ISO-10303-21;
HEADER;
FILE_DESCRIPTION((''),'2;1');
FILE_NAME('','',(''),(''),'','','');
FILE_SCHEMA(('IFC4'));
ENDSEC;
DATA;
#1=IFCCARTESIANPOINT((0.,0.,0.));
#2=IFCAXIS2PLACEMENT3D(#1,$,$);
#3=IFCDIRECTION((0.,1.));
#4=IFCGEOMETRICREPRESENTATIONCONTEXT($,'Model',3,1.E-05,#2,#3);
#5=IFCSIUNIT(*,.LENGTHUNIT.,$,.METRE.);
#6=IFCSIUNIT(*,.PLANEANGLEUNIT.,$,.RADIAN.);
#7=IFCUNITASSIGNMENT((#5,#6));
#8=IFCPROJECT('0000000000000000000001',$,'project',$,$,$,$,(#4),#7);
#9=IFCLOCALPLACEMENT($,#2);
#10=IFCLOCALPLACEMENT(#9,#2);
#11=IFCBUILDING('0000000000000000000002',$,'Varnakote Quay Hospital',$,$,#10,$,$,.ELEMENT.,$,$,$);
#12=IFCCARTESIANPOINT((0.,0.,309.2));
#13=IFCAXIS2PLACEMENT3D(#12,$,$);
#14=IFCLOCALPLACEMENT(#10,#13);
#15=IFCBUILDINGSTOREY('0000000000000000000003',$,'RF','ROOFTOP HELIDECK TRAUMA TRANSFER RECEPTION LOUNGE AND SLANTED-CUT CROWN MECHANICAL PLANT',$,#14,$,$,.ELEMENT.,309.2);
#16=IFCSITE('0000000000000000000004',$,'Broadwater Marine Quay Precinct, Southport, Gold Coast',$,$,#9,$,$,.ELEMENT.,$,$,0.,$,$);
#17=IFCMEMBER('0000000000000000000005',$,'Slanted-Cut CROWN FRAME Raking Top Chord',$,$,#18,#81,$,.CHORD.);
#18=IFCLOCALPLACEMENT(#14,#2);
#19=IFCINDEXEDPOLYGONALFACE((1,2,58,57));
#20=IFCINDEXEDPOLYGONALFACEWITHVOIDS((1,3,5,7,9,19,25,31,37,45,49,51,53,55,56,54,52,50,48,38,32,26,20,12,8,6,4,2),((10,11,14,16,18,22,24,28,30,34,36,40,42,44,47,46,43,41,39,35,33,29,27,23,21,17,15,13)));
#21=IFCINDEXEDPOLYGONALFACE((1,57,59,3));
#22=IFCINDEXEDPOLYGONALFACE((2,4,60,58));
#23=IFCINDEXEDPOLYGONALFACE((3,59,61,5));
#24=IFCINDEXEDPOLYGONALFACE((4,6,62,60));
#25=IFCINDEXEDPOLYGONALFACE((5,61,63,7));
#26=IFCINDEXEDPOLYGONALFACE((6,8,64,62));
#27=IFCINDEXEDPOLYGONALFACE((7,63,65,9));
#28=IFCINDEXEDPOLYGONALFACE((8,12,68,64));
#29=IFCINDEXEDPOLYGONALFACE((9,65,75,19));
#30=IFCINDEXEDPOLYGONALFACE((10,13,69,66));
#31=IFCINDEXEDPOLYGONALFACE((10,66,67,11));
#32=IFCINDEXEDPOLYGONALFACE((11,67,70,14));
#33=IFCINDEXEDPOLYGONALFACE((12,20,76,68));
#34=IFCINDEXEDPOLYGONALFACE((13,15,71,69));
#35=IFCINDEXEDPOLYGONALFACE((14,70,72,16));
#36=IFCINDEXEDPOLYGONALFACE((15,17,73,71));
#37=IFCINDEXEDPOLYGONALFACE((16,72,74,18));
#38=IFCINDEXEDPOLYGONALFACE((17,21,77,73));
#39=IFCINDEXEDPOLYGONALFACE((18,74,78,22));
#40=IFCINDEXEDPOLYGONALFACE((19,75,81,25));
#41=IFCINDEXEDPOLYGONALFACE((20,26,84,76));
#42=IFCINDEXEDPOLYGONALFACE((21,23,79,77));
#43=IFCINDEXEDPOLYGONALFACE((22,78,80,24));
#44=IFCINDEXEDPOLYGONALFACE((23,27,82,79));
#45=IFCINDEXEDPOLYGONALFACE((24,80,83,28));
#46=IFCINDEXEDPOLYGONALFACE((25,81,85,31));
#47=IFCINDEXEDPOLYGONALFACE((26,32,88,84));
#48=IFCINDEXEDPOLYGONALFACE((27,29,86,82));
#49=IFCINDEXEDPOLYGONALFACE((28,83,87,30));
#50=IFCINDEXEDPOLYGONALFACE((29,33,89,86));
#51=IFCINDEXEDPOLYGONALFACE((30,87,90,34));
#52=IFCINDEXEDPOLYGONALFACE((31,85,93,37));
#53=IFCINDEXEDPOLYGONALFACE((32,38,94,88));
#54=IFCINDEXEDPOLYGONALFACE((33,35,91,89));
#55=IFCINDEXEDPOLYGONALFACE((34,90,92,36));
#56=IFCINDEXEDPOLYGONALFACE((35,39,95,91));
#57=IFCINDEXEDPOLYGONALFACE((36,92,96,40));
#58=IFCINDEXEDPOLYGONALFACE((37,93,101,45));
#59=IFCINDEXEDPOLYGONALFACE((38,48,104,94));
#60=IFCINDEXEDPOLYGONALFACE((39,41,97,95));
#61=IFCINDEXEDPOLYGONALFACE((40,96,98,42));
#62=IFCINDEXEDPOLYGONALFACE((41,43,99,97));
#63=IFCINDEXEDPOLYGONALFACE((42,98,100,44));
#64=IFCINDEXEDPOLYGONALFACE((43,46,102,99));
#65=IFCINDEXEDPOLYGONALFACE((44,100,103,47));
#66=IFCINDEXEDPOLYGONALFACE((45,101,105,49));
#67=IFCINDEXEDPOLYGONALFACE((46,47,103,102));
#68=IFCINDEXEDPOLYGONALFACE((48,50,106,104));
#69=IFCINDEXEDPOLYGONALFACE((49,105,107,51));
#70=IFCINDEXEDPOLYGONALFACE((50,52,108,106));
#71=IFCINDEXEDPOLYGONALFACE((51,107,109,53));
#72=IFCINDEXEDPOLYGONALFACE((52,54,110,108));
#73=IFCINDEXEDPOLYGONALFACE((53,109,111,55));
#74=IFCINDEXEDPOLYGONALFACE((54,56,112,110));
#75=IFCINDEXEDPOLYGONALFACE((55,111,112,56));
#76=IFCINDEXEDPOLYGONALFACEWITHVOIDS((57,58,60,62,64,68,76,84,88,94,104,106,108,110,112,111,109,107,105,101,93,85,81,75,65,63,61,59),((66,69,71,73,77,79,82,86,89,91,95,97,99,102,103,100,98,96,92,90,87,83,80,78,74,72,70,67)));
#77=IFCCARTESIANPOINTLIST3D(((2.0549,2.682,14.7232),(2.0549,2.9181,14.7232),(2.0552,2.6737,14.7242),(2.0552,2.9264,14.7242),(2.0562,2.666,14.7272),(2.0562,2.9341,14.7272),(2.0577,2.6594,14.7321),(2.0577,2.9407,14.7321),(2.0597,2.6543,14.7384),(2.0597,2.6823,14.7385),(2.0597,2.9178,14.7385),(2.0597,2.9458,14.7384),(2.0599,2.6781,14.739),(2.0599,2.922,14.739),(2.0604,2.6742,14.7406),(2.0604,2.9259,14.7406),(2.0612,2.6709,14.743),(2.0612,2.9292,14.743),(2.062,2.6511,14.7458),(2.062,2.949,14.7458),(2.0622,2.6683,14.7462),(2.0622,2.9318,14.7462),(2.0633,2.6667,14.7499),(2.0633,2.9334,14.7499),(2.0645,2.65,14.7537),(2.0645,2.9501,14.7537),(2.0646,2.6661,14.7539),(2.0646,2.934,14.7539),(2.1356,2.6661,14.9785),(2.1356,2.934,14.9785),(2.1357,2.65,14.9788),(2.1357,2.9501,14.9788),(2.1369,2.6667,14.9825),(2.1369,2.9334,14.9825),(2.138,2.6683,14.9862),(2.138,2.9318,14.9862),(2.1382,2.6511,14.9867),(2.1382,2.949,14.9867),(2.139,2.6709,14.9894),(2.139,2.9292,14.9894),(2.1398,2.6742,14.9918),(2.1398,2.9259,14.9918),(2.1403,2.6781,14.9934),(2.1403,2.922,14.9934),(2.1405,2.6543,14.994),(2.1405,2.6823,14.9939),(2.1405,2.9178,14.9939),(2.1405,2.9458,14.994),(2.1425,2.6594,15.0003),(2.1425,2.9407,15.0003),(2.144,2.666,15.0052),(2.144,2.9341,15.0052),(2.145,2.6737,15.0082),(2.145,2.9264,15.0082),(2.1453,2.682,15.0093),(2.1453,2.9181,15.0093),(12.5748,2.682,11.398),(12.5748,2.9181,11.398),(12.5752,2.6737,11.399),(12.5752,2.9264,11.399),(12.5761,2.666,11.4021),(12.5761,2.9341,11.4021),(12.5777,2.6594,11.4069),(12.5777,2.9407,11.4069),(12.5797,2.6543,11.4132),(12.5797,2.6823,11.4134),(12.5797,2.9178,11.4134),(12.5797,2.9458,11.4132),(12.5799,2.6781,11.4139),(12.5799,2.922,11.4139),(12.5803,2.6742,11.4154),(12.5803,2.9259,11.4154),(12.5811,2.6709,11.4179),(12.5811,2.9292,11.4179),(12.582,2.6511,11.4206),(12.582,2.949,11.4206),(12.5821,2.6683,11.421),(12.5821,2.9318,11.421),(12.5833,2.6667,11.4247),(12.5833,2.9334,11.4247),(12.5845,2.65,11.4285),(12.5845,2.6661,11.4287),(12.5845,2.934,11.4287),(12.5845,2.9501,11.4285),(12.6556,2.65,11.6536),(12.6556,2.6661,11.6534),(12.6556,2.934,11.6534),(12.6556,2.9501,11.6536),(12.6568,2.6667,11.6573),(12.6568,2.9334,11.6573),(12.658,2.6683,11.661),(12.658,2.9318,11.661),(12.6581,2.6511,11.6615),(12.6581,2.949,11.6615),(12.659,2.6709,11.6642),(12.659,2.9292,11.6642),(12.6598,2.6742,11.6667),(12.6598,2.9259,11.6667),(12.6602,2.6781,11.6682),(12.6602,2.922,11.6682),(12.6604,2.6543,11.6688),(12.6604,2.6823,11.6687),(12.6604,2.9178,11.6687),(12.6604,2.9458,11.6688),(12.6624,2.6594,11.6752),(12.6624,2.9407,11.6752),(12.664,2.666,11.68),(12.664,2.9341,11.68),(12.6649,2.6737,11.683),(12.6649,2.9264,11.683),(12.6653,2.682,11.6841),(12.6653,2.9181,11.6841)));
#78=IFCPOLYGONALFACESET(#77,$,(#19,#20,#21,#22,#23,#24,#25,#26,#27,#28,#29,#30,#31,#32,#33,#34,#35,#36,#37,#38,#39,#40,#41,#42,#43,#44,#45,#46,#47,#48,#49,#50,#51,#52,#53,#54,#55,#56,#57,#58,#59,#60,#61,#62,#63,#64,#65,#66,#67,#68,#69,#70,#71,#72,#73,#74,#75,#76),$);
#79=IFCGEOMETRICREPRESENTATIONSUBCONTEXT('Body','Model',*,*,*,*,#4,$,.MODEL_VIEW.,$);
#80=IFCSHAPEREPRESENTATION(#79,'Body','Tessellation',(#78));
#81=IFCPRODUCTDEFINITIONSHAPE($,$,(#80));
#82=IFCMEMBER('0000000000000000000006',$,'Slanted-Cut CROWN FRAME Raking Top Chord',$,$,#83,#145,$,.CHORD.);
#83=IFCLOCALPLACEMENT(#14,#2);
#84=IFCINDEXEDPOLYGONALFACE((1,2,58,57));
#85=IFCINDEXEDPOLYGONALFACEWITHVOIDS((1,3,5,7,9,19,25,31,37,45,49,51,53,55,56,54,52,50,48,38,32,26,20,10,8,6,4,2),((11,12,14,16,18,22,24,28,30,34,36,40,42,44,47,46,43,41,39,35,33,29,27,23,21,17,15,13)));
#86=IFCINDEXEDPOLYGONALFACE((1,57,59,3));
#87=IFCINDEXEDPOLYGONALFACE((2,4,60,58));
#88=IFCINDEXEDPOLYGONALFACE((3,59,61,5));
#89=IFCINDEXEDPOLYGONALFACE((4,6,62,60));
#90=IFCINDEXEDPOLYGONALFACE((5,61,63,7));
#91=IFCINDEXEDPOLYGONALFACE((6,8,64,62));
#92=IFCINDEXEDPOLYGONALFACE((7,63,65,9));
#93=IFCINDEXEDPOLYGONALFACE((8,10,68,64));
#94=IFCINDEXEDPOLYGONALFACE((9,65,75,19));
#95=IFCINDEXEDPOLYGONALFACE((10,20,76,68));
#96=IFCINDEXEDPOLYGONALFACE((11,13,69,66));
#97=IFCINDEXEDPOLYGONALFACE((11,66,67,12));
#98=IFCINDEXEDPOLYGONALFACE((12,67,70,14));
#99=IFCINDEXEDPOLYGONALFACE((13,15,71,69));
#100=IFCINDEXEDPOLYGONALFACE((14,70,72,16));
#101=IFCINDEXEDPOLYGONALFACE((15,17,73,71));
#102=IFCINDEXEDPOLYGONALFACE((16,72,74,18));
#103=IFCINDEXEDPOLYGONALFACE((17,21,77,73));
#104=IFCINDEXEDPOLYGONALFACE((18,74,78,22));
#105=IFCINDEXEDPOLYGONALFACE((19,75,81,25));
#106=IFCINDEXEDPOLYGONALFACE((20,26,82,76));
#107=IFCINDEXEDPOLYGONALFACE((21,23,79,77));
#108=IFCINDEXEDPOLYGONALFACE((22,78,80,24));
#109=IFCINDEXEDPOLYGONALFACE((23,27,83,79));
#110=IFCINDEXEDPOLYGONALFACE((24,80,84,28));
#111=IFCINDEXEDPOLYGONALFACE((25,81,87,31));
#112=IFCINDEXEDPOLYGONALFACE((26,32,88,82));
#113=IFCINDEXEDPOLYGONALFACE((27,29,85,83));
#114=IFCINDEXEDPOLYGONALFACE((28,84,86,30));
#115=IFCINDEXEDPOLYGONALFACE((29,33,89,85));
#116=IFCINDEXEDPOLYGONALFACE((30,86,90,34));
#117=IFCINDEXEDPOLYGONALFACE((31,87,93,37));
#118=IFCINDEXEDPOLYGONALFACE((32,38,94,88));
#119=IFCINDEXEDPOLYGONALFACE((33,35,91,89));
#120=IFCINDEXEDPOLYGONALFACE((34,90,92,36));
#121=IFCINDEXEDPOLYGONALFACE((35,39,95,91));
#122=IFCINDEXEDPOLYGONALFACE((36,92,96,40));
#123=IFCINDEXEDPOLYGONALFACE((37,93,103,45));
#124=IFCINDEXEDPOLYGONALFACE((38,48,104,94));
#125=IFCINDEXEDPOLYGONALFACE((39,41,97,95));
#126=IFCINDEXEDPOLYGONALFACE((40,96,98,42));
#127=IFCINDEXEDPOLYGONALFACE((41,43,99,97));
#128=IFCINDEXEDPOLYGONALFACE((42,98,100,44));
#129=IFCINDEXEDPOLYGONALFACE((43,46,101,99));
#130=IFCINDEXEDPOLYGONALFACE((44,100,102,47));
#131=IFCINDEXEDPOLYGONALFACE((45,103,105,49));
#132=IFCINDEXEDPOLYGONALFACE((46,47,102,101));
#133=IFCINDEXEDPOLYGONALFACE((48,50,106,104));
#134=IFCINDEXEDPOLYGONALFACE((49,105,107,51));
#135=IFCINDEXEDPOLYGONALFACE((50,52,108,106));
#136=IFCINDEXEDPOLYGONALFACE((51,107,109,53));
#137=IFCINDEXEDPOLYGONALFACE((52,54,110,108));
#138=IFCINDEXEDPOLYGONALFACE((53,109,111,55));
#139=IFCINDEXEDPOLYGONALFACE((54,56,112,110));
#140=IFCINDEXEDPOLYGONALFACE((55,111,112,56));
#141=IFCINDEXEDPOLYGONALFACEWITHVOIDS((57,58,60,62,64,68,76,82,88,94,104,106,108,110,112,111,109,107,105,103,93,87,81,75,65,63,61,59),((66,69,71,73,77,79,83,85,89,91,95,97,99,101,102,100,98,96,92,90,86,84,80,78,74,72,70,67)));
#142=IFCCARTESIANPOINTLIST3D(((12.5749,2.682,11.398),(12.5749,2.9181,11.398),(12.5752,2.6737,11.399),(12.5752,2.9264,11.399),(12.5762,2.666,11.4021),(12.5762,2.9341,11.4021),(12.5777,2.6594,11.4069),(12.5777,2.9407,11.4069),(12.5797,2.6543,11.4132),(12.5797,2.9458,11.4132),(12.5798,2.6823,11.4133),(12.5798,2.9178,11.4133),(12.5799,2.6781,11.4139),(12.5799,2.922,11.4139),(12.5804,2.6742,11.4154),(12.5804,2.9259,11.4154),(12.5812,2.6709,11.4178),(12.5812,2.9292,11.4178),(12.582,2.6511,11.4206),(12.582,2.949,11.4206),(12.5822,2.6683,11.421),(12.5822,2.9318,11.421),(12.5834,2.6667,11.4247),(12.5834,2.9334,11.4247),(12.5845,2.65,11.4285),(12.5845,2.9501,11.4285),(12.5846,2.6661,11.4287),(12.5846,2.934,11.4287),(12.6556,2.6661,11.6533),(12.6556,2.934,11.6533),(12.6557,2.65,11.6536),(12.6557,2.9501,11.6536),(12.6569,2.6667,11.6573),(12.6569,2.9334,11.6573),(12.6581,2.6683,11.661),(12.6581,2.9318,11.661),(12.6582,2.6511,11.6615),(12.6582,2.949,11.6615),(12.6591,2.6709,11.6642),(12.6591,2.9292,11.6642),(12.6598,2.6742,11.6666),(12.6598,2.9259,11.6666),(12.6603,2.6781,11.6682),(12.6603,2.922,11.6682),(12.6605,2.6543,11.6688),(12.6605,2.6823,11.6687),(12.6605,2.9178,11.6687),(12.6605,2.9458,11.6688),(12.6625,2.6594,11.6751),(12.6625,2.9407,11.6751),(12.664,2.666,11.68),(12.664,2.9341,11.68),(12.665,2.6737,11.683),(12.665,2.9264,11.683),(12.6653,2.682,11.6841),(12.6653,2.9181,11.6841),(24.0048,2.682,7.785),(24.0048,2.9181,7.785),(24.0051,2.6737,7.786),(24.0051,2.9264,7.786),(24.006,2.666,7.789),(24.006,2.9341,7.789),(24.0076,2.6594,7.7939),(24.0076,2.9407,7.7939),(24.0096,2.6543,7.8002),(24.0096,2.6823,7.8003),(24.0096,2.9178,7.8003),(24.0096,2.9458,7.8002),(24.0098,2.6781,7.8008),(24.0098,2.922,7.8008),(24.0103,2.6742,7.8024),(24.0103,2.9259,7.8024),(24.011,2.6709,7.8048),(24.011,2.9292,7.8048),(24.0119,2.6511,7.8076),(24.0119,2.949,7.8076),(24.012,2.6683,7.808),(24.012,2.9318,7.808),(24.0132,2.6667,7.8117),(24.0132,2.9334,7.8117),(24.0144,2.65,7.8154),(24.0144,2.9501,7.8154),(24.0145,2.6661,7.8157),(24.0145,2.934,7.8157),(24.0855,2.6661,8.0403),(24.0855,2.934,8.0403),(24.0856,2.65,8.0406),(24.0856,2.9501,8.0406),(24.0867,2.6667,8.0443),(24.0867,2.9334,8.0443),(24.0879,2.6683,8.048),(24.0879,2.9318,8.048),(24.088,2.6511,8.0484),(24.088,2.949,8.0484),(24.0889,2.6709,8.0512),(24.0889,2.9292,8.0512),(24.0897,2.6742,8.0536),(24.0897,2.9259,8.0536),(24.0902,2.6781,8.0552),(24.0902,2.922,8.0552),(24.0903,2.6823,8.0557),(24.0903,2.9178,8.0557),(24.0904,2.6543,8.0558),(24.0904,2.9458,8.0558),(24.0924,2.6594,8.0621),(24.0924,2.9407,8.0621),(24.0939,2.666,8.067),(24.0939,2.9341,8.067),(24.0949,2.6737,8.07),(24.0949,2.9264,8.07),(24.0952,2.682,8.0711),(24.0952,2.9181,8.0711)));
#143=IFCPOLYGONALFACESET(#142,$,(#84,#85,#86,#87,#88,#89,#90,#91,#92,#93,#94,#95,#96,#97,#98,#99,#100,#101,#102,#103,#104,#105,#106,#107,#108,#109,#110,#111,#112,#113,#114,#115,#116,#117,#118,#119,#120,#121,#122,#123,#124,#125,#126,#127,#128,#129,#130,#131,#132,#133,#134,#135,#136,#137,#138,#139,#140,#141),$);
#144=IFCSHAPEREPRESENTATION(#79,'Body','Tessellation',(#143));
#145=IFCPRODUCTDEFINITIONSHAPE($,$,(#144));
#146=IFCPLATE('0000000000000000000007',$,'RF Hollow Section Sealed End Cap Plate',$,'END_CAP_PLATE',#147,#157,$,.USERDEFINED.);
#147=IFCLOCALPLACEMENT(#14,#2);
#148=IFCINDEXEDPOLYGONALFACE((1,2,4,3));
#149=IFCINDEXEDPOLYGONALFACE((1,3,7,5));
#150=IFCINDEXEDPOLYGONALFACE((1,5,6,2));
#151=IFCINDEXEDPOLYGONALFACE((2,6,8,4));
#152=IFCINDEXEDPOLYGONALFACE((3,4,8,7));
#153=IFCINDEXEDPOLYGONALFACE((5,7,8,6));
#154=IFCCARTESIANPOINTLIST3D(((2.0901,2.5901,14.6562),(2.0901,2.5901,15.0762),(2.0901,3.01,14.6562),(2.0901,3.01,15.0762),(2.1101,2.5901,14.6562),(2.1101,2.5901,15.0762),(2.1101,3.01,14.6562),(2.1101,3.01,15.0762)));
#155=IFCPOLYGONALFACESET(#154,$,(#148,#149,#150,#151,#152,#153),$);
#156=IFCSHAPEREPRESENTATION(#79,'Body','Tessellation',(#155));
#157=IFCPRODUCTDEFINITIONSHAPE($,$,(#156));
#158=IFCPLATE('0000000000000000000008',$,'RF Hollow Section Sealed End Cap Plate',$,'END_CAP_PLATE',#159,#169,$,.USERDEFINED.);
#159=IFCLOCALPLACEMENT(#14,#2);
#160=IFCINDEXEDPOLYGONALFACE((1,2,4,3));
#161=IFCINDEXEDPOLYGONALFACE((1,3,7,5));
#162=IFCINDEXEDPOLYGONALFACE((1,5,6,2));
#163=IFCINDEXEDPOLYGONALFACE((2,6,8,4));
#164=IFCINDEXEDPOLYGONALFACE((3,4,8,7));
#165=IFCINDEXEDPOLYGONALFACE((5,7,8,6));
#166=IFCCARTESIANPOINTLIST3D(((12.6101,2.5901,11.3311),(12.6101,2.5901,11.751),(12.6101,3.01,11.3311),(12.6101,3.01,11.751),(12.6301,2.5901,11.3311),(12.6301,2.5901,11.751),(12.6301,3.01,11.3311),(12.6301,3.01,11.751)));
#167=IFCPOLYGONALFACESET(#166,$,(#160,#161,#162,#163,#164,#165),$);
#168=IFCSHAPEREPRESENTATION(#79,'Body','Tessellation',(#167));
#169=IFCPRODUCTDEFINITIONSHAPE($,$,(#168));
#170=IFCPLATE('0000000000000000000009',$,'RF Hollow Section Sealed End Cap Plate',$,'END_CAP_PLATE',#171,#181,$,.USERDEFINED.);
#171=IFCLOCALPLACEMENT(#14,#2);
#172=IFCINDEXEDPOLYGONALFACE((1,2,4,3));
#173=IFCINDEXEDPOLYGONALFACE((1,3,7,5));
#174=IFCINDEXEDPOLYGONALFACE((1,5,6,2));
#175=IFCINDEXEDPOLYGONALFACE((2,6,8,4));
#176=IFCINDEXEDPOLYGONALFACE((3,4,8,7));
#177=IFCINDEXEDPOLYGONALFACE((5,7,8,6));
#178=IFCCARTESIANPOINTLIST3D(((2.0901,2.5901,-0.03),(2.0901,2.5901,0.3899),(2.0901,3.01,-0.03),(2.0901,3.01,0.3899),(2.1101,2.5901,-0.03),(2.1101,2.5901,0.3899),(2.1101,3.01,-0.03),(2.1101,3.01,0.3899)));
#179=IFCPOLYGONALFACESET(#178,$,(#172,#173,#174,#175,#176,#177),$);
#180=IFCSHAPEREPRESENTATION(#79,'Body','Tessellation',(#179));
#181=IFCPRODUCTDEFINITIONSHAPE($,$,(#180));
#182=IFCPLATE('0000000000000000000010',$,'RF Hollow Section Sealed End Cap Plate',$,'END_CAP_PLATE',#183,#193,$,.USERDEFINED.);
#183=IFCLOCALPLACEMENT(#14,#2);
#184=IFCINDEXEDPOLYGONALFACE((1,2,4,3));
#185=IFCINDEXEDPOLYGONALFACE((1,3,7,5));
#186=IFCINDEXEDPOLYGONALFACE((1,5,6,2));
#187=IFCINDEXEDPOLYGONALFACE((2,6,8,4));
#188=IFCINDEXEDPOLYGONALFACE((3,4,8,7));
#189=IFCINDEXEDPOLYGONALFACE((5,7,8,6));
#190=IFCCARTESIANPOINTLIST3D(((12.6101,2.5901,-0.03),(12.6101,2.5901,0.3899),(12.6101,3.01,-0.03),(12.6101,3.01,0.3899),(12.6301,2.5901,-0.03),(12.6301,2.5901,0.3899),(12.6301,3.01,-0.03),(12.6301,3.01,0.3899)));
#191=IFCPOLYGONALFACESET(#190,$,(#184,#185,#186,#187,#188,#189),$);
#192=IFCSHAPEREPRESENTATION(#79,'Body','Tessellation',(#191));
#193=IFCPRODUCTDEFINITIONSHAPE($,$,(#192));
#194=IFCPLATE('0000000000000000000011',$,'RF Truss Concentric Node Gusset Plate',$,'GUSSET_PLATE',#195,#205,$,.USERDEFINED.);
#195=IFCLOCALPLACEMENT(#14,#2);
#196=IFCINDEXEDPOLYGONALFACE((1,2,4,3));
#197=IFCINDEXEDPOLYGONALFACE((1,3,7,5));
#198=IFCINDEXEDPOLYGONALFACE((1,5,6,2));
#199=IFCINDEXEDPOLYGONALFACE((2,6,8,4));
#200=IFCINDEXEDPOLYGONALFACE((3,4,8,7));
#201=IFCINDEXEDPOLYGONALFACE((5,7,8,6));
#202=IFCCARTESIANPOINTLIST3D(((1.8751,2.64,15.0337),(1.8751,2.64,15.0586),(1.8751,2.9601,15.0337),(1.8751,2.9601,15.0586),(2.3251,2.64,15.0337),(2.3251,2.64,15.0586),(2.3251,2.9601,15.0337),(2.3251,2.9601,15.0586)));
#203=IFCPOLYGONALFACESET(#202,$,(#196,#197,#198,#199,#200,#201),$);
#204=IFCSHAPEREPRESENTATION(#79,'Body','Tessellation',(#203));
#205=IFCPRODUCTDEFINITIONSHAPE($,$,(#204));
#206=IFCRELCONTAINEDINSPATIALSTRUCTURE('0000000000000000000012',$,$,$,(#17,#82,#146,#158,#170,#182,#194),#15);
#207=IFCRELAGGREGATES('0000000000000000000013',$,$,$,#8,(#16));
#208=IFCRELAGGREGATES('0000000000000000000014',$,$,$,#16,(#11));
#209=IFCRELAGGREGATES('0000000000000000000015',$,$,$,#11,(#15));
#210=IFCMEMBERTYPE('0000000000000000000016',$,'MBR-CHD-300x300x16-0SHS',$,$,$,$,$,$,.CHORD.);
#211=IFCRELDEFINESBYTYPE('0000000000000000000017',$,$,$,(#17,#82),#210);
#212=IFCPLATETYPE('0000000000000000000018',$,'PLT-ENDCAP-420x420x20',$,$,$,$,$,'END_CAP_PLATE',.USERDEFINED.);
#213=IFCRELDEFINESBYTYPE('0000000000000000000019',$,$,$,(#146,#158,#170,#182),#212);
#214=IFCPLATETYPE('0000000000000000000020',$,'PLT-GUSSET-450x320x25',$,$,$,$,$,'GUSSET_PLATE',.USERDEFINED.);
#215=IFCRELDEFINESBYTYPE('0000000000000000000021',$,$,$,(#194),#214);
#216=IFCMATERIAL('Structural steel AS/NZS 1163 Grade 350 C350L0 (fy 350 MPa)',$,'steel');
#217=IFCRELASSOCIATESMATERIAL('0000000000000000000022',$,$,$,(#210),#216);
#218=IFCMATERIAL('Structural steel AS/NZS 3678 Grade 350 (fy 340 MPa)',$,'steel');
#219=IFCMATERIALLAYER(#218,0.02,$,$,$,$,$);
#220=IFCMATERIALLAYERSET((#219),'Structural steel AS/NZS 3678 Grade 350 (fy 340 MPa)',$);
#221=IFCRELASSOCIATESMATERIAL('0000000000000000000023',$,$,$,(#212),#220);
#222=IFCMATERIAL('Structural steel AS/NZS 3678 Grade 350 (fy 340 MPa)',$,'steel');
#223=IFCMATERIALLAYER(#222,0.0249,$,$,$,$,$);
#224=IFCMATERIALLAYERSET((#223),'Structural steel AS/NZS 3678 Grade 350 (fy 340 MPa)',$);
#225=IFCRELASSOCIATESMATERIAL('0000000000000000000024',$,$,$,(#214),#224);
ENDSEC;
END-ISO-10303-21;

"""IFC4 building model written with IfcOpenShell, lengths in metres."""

from ifc_helpers import new_model, si_unit, direction, frame, origin, origin_2d, place, context, subcontext, project, spatial, rectangle, hollow_rectangle, extrude, material, layer, layer_set, material_profile, profile_set, type_object, element, save


model = new_model("IFC4")

# Units and contexts
model_context = context("Model", 3, precision=1e-05, world=origin(), true_north=direction((0.0, 1.0)))
body_context = subcontext(model_context, "Body", "Model", "MODEL_VIEW")
ifc_project = project(units=[si_unit("LENGTHUNIT", "METRE"), si_unit("PLANEANGLEUNIT", "RADIAN")], contexts=[model_context])

# Site, building, storey
site_placement = place(None, origin())
site = spatial("IfcSite", under=ifc_project, at=site_placement, Name="Broadwater Marine Quay Precinct, Southport, Gold Coast", CompositionType="ELEMENT", RefElevation=0.0)
building_placement = place(site_placement, origin())
building = spatial("IfcBuilding", under=site, at=building_placement, Name="Varnakote Quay Hospital", CompositionType="ELEMENT")
storey_placement = place(building_placement, frame((0.0, 0.0, 309.2)))
storey = spatial("IfcBuildingStorey", under=building, at=storey_placement, Name="RF", Description="ROOFTOP HELIDECK TRAUMA TRANSFER RECEPTION LOUNGE AND SLANTED-CUT CROWN MECHANICAL PLANT", CompositionType="ELEMENT", Elevation=309.2)

# Members
ifc_material_1 = material(Name="Structural steel AS/NZS 1163 Grade 350 C350L0 (fy 350 MPa)", Category="steel")
ifc_material_profile_1 = material_profile(ifc_material_1, hollow_rectangle(XDim=0.3, YDim=0.3, WallThickness=0.0161, InnerFilletRadius=0.0161, OuterFilletRadius=0.032, at=origin_2d()), Name="300x300x16.0SHS")
ifc_profile_set_1 = profile_set([ifc_material_profile_1], Name="Structural steel AS/NZS 1163 Grade 350 C350L0 (fy 350 MPa)")
member_type_1 = type_object("IfcMemberType", Name="MBR-CHD-300x300x16-0SHS", PredefinedType="CHORD", material=ifc_profile_set_1)
member_1_placement = place(storey_placement, frame((2.1001, 2.8, 14.8662), z_axis=(0.953502, 0.0, -0.301386), x_axis=(0.0, 1.0, 0.0)))
element("IfcMember", 1, at=member_1_placement, inside=storey, type_object=member_type_1, Name="Slanted-Cut CROWN FRAME Raking Top Chord", PredefinedType="CHORD", context=body_context, shape_type="SweptSolid", body=[
    extrude(hollow_rectangle(XDim=0.3, YDim=0.3, WallThickness=0.0161, InnerFilletRadius=0.0161, OuterFilletRadius=0.032, at=origin_2d()), origin(), (0.0, 0.0, 1.0), 11.033),
])
member_2_placement = place(storey_placement, frame((12.6201, 2.8, 11.541), z_axis=(0.953497, 0.0, -0.301403), x_axis=(0.0, 1.0, 0.0)))
element("IfcMember", 2, at=member_2_placement, inside=storey, type_object=member_type_1, Name="Slanted-Cut CROWN FRAME Raking Top Chord", PredefinedType="CHORD", context=body_context, shape_type="SweptSolid", body=[
    extrude(hollow_rectangle(XDim=0.3, YDim=0.3, WallThickness=0.0161, InnerFilletRadius=0.0161, OuterFilletRadius=0.032, at=origin_2d()), origin(), (0.0, 0.0, 1.0), 11.9873),
])

# Plates
ifc_material_2 = material(Name="Structural steel AS/NZS 3678 Grade 350 (fy 340 MPa)", Category="steel")
ifc_layer_1 = layer(ifc_material_2, 0.02)
ifc_layer_set_1 = layer_set([ifc_layer_1], Name="Structural steel AS/NZS 3678 Grade 350 (fy 340 MPa)")
plate_type_1 = type_object("IfcPlateType", Name="PLT-ENDCAP-420x420x20", ElementType="END_CAP_PLATE", PredefinedType="USERDEFINED", material=ifc_layer_set_1)
for number, where, z_axis, x_axis, name in (
    (3, (2.1001, 2.8, 14.6562), (0.0, 0.0, 1.0), (1.0, 0.0, 0.0), "RF Hollow Section Sealed End Cap Plate"),
    (4, (12.6201, 2.8, 11.3311), (0.0, 0.0, 1.0), (1.0, 0.0, 0.0), "RF Hollow Section Sealed End Cap Plate"),
    (5, (2.1001, 2.8, -0.03), (0.0, 0.0, 1.0), (1.0, 0.0, 0.0), "RF Hollow Section Sealed End Cap Plate"),
    (6, (12.6201, 2.8, -0.03), (0.0, 0.0, 1.0), (1.0, 0.0, 0.0), "RF Hollow Section Sealed End Cap Plate"),
):
    element("IfcPlate", number, at=place(storey_placement, frame(where, z_axis=z_axis, x_axis=x_axis)), inside=storey, type_object=plate_type_1, Name=name, ObjectType="END_CAP_PLATE", PredefinedType="USERDEFINED", context=body_context, shape_type="SweptSolid", body=[
        extrude(rectangle(XDim=0.02, YDim=0.4199, at=origin_2d()), origin(), (0.0, 0.0, 1.0), 0.4199),
    ])
ifc_material_3 = material(Name="Structural steel AS/NZS 3678 Grade 350 (fy 340 MPa)", Category="steel")
ifc_layer_2 = layer(ifc_material_3, 0.0249)
ifc_layer_set_2 = layer_set([ifc_layer_2], Name="Structural steel AS/NZS 3678 Grade 350 (fy 340 MPa)")
plate_type_2 = type_object("IfcPlateType", Name="PLT-GUSSET-450x320x25", ElementType="GUSSET_PLATE", PredefinedType="USERDEFINED", material=ifc_layer_set_2)
for number, where, z_axis, x_axis, name in (
    (7, (2.1001, 2.8, 15.0337), (0.0, 0.0, 1.0), (1.0, 0.0, 0.0), "RF Truss Concentric Node Gusset Plate"),
):
    element("IfcPlate", number, at=place(storey_placement, frame(where, z_axis=z_axis, x_axis=x_axis)), inside=storey, type_object=plate_type_2, Name=name, ObjectType="GUSSET_PLATE", PredefinedType="USERDEFINED", context=body_context, shape_type="SweptSolid", body=[
        extrude(rectangle(XDim=0.45, YDim=0.3201, at=origin_2d()), origin(), (0.0, 0.0, 1.0), 0.0249),
    ])

save(model, "model.ifc")
